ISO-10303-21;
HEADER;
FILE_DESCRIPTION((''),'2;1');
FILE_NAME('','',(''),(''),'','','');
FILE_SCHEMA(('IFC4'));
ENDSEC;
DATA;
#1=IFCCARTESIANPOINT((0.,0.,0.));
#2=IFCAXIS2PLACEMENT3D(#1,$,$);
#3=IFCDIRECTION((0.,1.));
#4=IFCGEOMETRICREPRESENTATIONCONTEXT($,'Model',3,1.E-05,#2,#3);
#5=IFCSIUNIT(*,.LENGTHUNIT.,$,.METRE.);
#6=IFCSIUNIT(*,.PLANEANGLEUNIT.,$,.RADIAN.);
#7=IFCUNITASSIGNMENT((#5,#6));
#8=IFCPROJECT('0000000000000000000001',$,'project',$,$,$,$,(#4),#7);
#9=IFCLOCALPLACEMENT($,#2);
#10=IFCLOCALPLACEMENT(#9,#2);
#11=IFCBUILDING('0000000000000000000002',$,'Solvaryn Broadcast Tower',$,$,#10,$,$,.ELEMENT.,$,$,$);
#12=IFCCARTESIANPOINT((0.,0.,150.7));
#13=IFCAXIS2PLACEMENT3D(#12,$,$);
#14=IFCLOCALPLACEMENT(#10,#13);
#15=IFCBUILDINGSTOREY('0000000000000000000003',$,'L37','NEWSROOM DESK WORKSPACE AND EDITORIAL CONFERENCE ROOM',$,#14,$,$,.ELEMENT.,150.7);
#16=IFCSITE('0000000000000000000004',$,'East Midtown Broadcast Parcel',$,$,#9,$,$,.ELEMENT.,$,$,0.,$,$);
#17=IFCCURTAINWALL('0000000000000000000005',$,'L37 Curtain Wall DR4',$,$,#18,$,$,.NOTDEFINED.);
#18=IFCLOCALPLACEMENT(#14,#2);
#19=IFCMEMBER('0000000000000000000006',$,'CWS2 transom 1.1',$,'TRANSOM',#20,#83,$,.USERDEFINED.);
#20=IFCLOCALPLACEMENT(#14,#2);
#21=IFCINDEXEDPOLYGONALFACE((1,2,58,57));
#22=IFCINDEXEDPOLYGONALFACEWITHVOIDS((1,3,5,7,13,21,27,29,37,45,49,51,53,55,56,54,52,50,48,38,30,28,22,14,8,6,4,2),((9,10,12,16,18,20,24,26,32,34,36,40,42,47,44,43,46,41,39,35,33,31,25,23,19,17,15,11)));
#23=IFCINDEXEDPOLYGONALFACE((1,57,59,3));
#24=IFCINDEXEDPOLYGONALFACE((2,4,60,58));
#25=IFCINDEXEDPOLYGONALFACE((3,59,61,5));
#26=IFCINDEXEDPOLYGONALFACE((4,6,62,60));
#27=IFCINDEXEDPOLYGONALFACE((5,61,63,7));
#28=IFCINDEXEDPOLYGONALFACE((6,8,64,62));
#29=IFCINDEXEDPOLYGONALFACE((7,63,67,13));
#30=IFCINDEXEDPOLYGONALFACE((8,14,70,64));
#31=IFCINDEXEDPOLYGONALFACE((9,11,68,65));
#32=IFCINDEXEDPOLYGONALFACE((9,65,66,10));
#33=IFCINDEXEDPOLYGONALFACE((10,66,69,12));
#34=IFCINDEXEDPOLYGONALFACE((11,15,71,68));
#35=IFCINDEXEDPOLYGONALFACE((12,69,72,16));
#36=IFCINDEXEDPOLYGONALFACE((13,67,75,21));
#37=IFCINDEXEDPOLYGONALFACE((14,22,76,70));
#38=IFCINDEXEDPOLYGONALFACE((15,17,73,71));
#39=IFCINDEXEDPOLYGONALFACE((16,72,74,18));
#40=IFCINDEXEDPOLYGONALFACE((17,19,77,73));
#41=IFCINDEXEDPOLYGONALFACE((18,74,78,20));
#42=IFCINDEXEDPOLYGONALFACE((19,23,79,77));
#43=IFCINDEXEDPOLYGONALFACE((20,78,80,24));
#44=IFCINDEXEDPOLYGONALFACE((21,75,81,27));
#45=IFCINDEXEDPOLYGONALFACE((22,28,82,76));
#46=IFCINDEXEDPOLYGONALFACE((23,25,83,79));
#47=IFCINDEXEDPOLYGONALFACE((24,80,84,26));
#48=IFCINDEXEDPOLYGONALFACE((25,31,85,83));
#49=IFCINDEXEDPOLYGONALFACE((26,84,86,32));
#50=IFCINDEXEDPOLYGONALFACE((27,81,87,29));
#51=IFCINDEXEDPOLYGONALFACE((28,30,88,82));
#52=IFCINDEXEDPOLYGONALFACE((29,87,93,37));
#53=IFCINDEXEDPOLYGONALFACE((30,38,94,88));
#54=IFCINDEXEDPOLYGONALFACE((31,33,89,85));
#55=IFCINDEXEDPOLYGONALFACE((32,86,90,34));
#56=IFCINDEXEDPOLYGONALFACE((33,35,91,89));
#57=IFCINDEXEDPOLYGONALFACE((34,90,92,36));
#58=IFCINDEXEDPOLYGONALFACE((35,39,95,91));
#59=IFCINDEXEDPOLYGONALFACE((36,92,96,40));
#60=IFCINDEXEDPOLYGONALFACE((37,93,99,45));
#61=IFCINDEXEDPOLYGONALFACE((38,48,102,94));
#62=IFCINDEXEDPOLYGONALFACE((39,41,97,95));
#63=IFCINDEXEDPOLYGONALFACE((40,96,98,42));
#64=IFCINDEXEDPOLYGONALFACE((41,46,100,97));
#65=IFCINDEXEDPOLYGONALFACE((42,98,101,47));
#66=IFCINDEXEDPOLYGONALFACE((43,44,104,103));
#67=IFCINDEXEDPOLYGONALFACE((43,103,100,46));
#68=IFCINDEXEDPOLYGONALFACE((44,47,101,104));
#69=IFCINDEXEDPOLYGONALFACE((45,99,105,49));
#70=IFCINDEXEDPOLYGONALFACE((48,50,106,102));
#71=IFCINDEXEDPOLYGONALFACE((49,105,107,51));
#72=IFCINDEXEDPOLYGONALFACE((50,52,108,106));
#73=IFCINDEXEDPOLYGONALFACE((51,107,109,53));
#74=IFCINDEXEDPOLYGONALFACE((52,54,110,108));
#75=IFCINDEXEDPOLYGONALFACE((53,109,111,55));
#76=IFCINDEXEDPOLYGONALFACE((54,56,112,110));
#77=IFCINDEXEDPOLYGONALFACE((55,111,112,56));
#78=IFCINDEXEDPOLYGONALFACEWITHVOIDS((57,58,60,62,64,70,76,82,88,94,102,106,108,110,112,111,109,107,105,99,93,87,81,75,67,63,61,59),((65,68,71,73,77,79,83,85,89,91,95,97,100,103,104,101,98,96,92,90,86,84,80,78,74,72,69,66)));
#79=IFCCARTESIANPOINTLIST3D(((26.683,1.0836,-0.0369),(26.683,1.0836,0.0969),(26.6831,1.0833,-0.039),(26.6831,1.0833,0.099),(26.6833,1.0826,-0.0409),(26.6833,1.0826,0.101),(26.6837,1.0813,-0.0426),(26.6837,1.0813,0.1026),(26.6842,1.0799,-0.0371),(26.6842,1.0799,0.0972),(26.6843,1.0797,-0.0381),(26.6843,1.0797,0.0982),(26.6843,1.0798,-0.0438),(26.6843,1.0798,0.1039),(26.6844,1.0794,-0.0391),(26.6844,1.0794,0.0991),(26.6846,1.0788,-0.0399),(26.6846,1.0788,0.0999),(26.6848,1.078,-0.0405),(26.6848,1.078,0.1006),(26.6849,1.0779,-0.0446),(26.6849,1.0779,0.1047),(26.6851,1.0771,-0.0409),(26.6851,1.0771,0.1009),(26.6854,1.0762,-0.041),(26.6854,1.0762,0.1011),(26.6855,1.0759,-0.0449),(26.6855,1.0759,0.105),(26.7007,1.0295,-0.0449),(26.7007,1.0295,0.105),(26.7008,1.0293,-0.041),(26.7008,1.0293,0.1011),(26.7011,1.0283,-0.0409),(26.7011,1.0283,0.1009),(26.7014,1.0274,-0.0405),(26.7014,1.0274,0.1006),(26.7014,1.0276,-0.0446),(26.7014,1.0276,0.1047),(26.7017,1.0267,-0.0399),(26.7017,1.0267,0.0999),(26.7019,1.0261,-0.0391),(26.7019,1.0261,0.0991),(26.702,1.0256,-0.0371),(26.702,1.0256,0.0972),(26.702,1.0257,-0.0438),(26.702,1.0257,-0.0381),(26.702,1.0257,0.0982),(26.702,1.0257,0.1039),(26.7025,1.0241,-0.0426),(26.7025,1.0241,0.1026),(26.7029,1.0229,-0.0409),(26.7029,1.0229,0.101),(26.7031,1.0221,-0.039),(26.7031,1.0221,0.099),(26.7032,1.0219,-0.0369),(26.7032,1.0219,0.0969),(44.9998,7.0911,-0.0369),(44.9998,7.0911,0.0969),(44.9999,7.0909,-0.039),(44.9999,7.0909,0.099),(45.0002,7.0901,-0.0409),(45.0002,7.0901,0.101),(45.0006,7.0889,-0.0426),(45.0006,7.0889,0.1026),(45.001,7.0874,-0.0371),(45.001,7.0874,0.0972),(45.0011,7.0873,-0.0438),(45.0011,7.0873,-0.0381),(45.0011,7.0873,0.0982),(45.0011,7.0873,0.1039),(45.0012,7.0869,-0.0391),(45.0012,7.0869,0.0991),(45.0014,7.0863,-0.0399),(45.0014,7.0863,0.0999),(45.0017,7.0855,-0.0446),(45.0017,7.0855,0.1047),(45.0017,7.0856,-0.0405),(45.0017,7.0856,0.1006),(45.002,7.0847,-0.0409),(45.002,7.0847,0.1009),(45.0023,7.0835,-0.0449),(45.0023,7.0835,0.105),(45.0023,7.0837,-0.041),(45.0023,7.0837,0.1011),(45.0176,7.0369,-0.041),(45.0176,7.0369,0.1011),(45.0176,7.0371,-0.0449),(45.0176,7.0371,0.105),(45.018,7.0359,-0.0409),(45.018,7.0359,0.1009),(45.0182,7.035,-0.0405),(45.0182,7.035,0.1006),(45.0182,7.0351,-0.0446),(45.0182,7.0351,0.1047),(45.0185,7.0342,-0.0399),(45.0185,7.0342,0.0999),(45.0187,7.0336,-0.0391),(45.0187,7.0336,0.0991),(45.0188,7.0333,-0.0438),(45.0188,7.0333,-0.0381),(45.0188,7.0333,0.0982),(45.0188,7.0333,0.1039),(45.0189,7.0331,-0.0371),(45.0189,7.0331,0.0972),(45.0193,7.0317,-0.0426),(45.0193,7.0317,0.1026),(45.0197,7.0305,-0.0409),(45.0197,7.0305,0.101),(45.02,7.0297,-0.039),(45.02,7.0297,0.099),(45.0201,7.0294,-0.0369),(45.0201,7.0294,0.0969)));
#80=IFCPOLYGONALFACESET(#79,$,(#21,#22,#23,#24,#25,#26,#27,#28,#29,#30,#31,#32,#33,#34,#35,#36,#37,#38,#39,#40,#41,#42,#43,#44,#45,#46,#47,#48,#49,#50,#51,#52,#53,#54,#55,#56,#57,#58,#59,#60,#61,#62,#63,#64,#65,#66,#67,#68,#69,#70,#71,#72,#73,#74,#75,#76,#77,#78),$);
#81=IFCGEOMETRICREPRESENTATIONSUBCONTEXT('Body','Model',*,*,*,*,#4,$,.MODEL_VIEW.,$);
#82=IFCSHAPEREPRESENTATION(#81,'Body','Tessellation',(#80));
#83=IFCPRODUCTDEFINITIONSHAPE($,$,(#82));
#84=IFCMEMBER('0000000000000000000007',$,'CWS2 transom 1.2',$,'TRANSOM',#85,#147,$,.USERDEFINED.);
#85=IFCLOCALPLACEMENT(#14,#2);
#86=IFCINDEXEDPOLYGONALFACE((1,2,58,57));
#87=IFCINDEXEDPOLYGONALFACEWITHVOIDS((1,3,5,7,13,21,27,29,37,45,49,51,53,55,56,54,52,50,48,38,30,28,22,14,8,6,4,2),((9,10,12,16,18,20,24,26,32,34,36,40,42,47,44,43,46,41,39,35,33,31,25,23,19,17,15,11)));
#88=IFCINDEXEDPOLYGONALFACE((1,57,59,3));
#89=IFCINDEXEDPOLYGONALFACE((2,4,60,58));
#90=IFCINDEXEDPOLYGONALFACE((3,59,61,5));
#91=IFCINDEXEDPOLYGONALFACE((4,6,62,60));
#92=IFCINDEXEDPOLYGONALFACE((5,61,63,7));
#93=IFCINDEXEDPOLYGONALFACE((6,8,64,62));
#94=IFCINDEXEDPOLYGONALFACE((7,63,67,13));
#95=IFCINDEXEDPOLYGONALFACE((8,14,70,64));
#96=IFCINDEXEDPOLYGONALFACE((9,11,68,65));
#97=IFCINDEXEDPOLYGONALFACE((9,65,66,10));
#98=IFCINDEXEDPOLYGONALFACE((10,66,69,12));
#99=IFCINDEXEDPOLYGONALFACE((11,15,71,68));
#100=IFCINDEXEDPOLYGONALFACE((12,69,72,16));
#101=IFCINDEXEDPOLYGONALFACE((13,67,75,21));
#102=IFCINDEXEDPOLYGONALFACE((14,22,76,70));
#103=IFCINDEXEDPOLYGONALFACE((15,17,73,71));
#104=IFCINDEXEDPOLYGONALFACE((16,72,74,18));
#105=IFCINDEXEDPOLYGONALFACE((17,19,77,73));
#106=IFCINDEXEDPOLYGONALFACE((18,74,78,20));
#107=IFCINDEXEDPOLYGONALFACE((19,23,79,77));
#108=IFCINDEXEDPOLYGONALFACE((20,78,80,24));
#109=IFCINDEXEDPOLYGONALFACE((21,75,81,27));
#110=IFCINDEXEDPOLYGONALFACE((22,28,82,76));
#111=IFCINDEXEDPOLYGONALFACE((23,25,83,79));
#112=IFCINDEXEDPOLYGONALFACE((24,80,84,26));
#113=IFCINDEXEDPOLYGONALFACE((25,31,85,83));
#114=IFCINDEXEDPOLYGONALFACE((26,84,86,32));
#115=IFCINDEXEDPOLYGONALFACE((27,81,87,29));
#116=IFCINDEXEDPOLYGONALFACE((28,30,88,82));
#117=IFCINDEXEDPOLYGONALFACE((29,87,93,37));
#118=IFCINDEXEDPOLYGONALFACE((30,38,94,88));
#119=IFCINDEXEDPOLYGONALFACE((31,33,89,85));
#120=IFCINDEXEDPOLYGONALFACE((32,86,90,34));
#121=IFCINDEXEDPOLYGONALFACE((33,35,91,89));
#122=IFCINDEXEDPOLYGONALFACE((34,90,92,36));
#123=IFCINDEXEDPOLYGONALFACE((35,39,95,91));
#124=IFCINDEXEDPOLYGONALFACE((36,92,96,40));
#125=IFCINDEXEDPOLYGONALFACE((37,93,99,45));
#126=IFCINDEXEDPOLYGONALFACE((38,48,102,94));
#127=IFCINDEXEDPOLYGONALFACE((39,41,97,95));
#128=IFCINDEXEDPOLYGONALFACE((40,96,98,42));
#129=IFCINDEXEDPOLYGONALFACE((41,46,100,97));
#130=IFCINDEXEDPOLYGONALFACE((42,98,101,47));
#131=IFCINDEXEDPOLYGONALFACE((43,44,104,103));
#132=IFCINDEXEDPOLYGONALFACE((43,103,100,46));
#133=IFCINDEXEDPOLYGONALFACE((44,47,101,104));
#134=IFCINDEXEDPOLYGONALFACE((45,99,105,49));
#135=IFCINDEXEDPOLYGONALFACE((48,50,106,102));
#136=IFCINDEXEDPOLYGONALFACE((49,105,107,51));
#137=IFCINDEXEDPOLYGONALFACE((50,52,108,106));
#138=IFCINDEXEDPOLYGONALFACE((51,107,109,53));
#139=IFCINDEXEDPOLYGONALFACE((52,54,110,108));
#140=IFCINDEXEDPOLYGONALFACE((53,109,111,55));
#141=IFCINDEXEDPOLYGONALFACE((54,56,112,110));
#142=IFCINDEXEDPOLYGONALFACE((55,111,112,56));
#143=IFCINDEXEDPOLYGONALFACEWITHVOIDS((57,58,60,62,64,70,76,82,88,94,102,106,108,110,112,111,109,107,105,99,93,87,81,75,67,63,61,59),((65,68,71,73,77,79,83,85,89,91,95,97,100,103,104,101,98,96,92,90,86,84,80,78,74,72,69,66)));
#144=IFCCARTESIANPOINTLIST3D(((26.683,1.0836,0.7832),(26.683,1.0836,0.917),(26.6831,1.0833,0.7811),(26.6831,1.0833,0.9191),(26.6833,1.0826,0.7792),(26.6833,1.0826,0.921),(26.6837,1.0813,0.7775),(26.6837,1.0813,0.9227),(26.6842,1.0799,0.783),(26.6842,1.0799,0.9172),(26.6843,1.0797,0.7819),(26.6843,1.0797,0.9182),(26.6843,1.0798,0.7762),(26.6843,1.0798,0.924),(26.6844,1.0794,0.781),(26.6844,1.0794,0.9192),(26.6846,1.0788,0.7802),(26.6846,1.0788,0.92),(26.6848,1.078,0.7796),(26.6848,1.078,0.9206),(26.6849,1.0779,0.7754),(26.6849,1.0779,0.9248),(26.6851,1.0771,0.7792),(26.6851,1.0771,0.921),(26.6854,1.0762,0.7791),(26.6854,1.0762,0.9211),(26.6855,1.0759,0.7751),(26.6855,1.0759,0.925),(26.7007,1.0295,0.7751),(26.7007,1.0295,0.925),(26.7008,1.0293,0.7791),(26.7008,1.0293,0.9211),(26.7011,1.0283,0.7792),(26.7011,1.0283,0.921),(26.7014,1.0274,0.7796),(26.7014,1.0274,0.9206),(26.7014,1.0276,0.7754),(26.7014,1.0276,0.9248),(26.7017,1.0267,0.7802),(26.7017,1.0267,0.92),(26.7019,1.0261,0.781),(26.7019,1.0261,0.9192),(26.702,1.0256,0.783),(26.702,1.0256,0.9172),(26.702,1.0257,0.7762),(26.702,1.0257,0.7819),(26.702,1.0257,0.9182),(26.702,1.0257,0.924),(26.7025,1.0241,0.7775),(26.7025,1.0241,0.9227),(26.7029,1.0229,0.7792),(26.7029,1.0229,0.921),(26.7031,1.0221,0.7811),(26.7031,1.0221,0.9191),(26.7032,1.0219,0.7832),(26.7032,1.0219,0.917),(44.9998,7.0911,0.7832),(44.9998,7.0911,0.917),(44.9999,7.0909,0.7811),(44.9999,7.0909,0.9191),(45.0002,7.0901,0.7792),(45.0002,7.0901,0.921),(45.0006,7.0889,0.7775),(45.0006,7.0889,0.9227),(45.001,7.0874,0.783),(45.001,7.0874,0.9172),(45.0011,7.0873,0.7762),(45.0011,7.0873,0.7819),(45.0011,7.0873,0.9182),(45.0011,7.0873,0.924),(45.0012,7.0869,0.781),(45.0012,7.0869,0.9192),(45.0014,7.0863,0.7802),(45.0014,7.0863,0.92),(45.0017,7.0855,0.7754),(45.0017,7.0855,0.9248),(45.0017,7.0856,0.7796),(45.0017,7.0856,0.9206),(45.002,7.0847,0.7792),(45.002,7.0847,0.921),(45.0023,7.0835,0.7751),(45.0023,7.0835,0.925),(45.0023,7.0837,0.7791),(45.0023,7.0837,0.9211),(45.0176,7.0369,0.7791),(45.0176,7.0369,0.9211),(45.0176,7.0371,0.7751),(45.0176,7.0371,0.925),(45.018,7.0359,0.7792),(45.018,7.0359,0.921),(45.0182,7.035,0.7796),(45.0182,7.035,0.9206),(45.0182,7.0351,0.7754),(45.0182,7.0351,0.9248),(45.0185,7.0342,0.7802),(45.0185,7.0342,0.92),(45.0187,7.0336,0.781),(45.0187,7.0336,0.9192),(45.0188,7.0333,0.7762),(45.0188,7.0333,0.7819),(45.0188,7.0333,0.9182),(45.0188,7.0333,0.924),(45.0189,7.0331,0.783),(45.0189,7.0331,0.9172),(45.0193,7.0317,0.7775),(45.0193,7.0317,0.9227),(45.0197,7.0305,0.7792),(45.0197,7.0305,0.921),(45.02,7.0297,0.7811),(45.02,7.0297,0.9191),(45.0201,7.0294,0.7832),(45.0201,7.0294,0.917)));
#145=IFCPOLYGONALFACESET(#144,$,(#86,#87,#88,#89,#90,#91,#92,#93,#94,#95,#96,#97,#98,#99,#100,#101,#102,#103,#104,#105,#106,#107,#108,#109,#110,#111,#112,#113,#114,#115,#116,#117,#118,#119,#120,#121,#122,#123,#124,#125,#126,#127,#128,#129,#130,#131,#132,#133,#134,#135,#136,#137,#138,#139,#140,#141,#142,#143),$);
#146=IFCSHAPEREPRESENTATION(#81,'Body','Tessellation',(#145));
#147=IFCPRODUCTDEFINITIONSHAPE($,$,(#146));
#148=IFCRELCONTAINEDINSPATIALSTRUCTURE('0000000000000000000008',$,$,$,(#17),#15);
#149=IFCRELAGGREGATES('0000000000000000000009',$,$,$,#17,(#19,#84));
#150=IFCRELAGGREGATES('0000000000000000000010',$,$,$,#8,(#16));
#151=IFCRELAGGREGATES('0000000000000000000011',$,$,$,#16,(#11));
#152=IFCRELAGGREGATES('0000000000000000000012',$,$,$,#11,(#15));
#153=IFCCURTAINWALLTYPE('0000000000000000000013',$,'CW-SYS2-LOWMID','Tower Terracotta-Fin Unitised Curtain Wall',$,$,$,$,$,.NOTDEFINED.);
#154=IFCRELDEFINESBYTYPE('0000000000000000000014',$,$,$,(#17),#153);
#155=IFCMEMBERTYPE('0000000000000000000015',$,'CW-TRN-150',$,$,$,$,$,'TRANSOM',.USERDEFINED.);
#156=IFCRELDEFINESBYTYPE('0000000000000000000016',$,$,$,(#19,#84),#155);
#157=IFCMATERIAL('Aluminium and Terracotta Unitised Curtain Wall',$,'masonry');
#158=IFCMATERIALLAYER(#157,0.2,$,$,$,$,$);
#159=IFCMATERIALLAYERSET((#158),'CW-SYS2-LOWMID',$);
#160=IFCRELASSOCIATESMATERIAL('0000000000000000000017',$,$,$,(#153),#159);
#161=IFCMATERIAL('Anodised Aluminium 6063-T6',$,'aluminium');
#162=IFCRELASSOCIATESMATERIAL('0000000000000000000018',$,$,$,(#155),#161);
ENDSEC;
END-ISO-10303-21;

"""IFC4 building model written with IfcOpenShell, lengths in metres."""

from ifc_helpers import new_model, si_unit, direction, frame, origin, origin_2d, place, context, subcontext, project, spatial, hollow_rectangle, extrude, material, layer, layer_set, material_profile, profile_set, type_object, element, aggregate, save


model = new_model("IFC4")

# Units and contexts
model_context = context("Model", 3, precision=1e-05, world=origin(), true_north=direction((0.0, 1.0)))
body_context = subcontext(model_context, "Body", "Model", "MODEL_VIEW")
ifc_project = project(units=[si_unit("LENGTHUNIT", "METRE"), si_unit("PLANEANGLEUNIT", "RADIAN")], contexts=[model_context])

# Site, building, storey
site_placement = place(None, origin())
site = spatial("IfcSite", under=ifc_project, at=site_placement, Name="East Midtown Broadcast Parcel", CompositionType="ELEMENT", RefElevation=0.0)
building_placement = place(site_placement, origin())
building = spatial("IfcBuilding", under=site, at=building_placement, Name="Solvaryn Broadcast Tower", CompositionType="ELEMENT")
storey_placement = place(building_placement, frame((0.0, 0.0, 150.7)))
storey = spatial("IfcBuildingStorey", under=building, at=storey_placement, Name="L37", Description="NEWSROOM DESK WORKSPACE AND EDITORIAL CONFERENCE ROOM", CompositionType="ELEMENT", Elevation=150.7)

# Shared definitions
ifc_material_1 = material(Name="Aluminium and Terracotta Unitised Curtain Wall", Category="masonry")
ifc_layer_1 = layer(ifc_material_1, 0.2)
ifc_layer_set_1 = layer_set([ifc_layer_1], Name="CW-SYS2-LOWMID")
curtain_wall_type = type_object("IfcCurtainWallType", Name="CW-SYS2-LOWMID", Description="Tower Terracotta-Fin Unitised Curtain Wall", PredefinedType="NOTDEFINED", material=ifc_layer_set_1)

# Curtain wall, members
curtain_wall_1_placement = place(storey_placement, origin())
curtain_wall_1 = element("IfcCurtainWall", 1, at=curtain_wall_1_placement, inside=storey, type_object=curtain_wall_type, Name="L37 Curtain Wall DR4", PredefinedType="NOTDEFINED")
ifc_material_2 = material(Name="Anodised Aluminium 6063-T6", Category="aluminium")
ifc_material_profile_1 = material_profile(ifc_material_2, hollow_rectangle(XDim=0.0649, YDim=0.1499, WallThickness=0.0039, InnerFilletRadius=0.0039, OuterFilletRadius=0.0081, at=origin_2d()))
ifc_profile_set_1 = profile_set([ifc_material_profile_1], Name="Anodised Aluminium 6063-T6")
member_type_1 = type_object("IfcMemberType", Name="CW-TRN-150", ElementType="TRANSOM", PredefinedType="USERDEFINED", material=ifc_profile_set_1)
member_1_placement = place(storey_placement, frame((26.6931, 1.0527, 0.03), z_axis=(0.950198, 0.311646, 0.0), x_axis=(-0.311646, 0.950198, 0.0)))
member_1 = element("IfcMember", 2, at=member_1_placement, type_object=member_type_1, Name="CWS2 transom 1.1", ObjectType="TRANSOM", PredefinedType="USERDEFINED", context=body_context, shape_type="SweptSolid", body=[
    extrude(hollow_rectangle(XDim=0.0649, YDim=0.1499, WallThickness=0.0039, InnerFilletRadius=0.0039, OuterFilletRadius=0.0081, at=origin_2d()), origin(), (0.0, 0.0, 1.0), 19.2769),
])
member_2_placement = place(storey_placement, frame((26.6931, 1.0527, 0.8501), z_axis=(0.950198, 0.311646, 0.0), x_axis=(-0.311646, 0.950198, 0.0)))
member_2 = element("IfcMember", 3, at=member_2_placement, type_object=member_type_1, Name="CWS2 transom 1.2", ObjectType="TRANSOM", PredefinedType="USERDEFINED", context=body_context, shape_type="SweptSolid", body=[
    extrude(hollow_rectangle(XDim=0.0649, YDim=0.1499, WallThickness=0.0039, InnerFilletRadius=0.0039, OuterFilletRadius=0.0081, at=origin_2d()), origin(), (0.0, 0.0, 1.0), 19.2769),
])
aggregate(curtain_wall_1, [member_1, member_2])

save(model, "model.ifc")
